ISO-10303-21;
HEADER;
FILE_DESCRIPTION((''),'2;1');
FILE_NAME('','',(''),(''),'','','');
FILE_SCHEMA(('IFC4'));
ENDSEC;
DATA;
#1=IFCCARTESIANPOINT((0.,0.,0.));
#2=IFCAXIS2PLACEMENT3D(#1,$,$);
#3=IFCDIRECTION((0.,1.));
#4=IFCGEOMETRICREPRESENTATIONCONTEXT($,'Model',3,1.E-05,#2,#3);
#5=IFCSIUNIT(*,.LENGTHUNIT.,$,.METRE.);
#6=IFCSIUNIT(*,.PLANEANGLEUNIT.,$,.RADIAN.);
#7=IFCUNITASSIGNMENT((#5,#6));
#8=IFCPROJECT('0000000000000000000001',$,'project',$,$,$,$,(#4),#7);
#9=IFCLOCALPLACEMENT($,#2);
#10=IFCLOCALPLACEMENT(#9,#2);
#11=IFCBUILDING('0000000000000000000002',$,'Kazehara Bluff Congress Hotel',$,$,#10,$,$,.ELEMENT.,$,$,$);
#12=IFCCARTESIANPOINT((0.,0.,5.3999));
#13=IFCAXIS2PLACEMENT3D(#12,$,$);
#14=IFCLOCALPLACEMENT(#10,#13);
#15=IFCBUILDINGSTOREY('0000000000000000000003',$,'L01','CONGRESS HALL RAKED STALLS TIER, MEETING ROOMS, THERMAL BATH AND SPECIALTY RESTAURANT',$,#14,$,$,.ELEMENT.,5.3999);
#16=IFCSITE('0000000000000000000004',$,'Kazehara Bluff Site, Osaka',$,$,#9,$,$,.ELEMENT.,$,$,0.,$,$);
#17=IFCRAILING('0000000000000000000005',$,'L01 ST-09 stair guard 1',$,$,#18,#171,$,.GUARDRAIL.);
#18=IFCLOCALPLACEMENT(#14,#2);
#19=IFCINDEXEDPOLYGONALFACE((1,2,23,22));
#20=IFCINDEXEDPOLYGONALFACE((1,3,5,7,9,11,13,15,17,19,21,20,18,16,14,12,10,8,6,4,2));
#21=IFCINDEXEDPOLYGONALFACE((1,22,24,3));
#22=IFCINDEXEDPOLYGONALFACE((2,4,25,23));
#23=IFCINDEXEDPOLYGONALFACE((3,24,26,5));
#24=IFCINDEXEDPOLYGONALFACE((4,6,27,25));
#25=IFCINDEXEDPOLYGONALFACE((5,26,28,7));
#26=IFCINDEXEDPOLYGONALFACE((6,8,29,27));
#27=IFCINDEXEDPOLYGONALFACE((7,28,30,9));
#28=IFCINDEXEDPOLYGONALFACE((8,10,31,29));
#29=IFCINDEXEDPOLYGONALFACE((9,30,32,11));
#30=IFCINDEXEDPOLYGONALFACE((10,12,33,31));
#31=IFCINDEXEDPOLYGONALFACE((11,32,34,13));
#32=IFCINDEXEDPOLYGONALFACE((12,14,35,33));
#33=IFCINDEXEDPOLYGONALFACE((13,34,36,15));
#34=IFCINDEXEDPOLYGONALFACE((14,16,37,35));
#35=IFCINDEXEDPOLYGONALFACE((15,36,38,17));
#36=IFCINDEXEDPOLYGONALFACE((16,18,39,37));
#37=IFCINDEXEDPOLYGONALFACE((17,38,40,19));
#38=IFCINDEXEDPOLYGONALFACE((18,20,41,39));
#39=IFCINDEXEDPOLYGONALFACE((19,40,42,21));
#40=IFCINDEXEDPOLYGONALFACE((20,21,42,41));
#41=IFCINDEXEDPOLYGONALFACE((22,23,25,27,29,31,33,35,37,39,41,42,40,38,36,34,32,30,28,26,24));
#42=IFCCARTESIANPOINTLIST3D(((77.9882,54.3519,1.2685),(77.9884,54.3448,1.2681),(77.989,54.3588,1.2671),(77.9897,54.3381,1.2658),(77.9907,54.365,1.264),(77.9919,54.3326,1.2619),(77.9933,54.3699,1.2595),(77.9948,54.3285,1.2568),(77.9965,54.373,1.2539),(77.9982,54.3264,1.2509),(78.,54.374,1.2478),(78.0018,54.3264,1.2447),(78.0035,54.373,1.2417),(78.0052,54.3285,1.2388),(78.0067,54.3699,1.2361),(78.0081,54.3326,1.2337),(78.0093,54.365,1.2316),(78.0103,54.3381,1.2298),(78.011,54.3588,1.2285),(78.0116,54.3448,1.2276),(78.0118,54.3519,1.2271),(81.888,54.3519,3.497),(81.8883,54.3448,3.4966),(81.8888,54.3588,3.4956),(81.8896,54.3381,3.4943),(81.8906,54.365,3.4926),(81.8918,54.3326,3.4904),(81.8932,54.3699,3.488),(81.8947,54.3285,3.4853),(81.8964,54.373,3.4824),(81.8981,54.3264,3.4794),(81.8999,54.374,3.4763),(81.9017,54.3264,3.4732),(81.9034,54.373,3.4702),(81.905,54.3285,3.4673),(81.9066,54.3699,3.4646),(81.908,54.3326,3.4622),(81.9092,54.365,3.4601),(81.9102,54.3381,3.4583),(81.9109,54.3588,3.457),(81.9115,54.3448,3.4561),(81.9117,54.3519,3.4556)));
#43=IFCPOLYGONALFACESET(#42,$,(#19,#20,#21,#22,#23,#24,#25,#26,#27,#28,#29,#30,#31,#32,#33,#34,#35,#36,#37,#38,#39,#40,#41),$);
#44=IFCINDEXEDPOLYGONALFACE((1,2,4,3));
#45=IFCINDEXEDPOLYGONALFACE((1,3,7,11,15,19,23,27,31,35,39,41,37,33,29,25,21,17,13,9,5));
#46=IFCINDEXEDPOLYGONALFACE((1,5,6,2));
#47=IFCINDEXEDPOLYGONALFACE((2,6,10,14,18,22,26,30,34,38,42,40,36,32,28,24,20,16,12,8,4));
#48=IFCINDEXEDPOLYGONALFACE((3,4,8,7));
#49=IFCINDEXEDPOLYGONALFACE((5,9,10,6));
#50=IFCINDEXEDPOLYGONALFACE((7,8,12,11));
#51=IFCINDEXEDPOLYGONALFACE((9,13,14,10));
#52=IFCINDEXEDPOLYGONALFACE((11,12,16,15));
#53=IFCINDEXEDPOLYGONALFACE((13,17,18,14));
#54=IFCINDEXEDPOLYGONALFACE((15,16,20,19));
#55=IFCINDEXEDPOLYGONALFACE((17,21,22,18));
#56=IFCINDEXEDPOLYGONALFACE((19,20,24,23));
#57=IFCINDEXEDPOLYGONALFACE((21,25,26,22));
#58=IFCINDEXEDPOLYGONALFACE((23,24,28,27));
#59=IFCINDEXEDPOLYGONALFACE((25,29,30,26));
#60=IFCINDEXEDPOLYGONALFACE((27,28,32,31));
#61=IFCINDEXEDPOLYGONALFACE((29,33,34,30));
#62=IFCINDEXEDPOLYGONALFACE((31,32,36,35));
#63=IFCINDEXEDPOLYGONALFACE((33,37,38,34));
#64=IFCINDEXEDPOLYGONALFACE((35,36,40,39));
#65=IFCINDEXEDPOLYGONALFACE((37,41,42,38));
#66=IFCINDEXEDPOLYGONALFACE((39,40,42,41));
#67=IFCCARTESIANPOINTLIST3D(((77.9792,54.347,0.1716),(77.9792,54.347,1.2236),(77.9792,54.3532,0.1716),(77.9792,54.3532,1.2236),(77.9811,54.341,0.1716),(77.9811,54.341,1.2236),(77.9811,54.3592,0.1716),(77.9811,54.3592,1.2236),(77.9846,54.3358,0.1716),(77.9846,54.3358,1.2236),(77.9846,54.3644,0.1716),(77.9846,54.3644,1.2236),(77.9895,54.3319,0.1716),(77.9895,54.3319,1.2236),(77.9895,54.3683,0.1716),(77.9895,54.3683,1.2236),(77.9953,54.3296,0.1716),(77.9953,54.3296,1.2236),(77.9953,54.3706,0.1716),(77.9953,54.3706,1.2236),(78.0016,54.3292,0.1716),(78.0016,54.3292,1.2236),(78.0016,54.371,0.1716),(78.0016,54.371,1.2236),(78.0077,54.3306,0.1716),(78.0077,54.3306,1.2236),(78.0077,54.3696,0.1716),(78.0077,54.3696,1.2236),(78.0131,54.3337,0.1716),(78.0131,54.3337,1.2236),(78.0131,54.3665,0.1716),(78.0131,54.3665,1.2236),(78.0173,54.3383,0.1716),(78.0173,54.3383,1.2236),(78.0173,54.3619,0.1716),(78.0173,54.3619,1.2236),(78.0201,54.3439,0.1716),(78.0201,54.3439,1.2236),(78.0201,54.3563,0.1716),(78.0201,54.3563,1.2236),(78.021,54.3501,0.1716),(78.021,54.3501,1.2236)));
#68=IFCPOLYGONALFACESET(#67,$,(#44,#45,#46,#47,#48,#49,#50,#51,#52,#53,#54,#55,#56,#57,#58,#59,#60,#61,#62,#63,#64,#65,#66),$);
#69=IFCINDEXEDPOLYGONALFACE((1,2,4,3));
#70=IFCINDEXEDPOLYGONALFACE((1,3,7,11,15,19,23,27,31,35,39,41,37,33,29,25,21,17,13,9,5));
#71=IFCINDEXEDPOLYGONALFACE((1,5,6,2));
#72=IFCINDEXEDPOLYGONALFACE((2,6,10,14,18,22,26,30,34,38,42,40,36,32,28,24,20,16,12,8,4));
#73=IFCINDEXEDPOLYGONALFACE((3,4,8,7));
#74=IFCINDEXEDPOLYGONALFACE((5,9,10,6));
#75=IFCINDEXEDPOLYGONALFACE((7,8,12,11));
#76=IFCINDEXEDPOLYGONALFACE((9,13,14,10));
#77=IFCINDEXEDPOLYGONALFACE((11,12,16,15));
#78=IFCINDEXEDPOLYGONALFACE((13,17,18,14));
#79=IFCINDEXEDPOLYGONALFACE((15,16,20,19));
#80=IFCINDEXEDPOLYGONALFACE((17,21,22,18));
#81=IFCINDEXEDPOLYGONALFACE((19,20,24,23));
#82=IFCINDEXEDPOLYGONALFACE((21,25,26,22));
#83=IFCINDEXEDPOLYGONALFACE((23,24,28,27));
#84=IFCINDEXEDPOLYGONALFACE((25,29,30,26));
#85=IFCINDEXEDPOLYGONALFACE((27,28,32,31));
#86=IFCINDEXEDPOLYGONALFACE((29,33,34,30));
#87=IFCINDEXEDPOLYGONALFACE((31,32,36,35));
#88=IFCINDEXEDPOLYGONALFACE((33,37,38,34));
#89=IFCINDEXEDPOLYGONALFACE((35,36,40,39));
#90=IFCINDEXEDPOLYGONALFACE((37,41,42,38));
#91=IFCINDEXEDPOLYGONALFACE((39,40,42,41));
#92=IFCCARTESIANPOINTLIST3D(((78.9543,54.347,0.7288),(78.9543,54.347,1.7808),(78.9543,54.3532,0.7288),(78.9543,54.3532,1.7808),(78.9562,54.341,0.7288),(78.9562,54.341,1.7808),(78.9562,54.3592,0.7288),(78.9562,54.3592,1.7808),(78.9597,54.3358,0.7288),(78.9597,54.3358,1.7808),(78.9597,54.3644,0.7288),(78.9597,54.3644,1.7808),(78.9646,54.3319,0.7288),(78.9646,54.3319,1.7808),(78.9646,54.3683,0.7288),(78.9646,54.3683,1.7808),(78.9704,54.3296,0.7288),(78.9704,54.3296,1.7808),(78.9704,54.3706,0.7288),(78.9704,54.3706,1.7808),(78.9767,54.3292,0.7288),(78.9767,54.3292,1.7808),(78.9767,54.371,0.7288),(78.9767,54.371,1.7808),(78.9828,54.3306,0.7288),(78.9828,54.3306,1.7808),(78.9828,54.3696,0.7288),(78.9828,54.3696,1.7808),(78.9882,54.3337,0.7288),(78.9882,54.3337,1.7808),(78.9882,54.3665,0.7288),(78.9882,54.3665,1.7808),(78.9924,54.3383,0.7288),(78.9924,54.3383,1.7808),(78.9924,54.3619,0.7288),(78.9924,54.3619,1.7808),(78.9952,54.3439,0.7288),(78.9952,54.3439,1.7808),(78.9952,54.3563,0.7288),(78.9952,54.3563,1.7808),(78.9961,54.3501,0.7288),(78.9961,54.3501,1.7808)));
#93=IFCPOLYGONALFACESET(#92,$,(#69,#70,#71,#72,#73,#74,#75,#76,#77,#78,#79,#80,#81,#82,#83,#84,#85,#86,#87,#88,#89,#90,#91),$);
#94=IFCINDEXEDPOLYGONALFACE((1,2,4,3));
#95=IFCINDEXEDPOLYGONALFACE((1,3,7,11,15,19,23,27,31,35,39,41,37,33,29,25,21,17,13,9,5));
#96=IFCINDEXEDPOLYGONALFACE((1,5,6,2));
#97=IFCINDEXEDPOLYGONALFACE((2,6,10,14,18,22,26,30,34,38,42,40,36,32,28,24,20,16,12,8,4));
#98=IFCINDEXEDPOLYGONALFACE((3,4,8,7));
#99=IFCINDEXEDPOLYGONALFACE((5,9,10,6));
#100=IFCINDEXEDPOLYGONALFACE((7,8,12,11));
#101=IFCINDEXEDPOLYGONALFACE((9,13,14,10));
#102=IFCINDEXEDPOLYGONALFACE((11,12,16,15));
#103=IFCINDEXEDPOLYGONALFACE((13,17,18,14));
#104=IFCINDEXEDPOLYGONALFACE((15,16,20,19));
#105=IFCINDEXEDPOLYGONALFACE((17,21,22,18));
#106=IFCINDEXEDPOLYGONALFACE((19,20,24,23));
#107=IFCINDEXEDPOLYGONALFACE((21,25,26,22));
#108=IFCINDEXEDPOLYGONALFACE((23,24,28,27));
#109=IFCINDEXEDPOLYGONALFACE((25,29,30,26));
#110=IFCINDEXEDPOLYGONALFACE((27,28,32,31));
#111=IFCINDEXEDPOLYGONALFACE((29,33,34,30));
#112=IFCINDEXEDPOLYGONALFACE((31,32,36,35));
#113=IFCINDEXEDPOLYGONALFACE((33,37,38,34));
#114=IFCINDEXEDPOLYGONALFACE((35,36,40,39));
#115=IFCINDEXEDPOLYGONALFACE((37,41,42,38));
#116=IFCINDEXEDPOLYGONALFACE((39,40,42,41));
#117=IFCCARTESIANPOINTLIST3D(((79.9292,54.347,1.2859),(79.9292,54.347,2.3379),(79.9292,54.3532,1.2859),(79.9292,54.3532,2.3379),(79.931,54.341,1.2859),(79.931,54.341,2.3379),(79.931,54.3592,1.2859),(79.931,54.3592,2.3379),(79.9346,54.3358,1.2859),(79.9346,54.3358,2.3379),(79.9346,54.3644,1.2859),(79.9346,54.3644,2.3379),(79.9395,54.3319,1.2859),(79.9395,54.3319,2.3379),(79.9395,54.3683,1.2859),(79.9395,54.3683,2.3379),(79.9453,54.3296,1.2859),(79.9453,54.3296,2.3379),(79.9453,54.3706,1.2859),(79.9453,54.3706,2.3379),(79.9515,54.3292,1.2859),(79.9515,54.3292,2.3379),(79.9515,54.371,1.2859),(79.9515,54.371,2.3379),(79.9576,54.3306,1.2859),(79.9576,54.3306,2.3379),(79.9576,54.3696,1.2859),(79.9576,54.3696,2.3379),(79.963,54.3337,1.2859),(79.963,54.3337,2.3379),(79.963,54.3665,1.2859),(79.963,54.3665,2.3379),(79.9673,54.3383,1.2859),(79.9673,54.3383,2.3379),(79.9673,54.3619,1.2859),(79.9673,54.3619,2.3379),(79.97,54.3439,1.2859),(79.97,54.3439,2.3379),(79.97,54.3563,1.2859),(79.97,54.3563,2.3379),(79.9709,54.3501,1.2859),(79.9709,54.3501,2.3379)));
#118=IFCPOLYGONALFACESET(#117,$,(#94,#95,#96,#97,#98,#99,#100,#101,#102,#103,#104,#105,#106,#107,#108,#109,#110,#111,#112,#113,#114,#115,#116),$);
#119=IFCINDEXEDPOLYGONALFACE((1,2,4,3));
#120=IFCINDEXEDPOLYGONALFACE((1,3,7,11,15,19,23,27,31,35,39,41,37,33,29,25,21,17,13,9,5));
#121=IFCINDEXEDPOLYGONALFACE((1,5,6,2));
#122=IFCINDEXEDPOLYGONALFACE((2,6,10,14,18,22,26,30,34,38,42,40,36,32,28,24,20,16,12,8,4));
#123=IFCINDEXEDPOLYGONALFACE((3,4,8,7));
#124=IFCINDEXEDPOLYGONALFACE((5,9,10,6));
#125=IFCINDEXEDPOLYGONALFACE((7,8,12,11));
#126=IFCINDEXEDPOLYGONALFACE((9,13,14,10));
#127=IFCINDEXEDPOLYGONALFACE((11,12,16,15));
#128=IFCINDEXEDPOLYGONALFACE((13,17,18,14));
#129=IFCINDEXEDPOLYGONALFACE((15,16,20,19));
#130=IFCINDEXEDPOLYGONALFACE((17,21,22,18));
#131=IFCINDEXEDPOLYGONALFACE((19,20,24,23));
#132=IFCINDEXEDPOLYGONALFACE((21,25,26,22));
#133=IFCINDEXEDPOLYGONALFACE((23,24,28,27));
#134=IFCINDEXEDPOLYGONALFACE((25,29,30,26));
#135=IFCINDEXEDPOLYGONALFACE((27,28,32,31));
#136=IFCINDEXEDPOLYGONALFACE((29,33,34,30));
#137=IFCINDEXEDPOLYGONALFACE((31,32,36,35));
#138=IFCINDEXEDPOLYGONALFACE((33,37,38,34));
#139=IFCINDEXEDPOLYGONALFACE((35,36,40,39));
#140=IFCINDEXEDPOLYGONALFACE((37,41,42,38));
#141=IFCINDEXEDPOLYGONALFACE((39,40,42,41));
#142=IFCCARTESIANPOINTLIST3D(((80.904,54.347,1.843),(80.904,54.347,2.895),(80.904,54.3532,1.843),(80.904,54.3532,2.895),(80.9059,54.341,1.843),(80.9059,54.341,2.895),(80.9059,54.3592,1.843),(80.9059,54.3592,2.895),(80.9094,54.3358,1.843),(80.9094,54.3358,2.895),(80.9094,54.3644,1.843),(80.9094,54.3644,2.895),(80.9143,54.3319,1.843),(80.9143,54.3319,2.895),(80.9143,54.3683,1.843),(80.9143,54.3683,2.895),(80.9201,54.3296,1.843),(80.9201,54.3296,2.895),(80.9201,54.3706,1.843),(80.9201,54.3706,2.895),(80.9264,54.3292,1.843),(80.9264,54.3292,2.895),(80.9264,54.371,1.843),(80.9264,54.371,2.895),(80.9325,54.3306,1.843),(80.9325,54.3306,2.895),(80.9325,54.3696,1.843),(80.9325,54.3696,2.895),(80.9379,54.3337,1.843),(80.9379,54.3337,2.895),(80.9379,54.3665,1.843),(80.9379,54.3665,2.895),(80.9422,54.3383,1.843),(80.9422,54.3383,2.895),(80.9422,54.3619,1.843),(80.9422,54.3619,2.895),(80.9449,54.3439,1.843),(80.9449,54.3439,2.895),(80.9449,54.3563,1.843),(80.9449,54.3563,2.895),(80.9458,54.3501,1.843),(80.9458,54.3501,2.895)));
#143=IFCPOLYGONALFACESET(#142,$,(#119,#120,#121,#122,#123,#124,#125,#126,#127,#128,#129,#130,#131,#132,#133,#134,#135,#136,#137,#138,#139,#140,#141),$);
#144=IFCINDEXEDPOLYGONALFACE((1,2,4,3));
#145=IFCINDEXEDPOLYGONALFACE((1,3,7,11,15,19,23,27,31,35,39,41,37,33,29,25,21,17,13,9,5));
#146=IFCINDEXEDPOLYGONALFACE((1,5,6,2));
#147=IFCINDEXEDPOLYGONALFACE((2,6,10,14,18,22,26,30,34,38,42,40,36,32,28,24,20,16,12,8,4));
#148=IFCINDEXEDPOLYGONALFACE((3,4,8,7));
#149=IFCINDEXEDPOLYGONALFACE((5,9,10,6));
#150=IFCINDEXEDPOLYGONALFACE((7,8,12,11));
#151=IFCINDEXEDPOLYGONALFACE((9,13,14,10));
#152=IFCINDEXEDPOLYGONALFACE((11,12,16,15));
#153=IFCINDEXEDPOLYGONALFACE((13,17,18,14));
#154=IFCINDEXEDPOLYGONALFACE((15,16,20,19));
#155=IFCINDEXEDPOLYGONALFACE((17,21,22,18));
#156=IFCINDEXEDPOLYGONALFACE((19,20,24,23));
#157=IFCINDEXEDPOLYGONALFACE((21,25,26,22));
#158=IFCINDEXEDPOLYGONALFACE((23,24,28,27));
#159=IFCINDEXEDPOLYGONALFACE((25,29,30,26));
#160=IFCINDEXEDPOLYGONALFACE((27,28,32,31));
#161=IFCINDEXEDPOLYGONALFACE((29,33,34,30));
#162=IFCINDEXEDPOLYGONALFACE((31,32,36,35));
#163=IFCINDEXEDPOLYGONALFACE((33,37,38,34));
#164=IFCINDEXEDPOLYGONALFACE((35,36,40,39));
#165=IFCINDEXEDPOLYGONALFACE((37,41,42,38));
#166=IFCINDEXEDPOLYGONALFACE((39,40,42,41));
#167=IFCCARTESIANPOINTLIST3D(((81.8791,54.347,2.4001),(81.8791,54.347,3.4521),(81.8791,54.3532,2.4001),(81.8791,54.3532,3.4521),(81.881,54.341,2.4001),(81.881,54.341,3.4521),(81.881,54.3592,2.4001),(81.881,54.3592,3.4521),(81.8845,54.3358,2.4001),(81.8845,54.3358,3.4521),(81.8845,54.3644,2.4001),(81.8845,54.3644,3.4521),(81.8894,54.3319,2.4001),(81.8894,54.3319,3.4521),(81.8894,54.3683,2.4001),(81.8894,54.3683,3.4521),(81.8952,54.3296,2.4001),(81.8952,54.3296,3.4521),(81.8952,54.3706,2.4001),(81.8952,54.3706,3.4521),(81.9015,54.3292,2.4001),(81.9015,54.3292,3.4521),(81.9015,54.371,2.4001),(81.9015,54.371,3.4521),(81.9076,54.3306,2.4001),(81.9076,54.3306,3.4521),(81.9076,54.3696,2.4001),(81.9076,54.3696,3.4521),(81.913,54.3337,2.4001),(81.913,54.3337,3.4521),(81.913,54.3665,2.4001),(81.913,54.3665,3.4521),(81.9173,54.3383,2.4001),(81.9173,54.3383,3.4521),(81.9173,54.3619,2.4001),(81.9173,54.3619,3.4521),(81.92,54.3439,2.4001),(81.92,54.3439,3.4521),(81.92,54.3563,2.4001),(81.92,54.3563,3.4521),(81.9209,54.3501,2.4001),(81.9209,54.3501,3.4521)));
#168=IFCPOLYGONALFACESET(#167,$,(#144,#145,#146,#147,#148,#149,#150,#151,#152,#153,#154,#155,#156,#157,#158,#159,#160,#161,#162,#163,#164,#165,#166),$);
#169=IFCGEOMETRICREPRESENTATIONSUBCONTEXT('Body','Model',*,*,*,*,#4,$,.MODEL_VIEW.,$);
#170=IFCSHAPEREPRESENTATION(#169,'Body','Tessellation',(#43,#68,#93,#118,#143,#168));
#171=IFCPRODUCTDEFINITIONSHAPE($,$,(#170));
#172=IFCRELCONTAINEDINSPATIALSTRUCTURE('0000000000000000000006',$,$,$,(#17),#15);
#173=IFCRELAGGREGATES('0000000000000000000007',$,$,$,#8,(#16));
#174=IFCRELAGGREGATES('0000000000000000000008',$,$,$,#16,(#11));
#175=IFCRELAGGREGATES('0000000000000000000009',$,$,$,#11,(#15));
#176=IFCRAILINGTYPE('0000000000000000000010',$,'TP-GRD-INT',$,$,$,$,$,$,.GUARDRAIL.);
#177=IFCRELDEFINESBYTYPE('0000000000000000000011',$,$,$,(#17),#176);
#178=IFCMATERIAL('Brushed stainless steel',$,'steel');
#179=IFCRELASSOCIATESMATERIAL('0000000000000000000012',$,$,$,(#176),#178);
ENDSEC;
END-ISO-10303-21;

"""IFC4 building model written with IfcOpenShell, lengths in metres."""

from ifc_helpers import new_model, si_unit, direction, frame, origin, origin_2d, place, context, subcontext, project, spatial, circle, extrude, material, type_object, element, save


model = new_model("IFC4")

# Units and contexts
model_context = context("Model", 3, precision=1e-05, world=origin(), true_north=direction((0.0, 1.0)))
body_context = subcontext(model_context, "Body", "Model", "MODEL_VIEW")
ifc_project = project(units=[si_unit("LENGTHUNIT", "METRE"), si_unit("PLANEANGLEUNIT", "RADIAN")], contexts=[model_context])

# Site, building, storey
site_placement = place(None, origin())
site = spatial("IfcSite", under=ifc_project, at=site_placement, Name="Kazehara Bluff Site, Osaka", CompositionType="ELEMENT", RefElevation=0.0)
building_placement = place(site_placement, origin())
building = spatial("IfcBuilding", under=site, at=building_placement, Name="Kazehara Bluff Congress Hotel", CompositionType="ELEMENT")
storey_placement = place(building_placement, frame((0.0, 0.0, 5.3999)))
storey = spatial("IfcBuildingStorey", under=building, at=storey_placement, Name="L01", Description="CONGRESS HALL RAKED STALLS TIER, MEETING ROOMS, THERMAL BATH AND SPECIALTY RESTAURANT", CompositionType="ELEMENT", Elevation=5.3999)

# Railing
ifc_material_1 = material(Name="Brushed stainless steel", Category="steel")
railing_type_1 = type_object("IfcRailingType", Name="TP-GRD-INT", PredefinedType="GUARDRAIL", material=ifc_material_1)
railing_1_placement = place(storey_placement, frame((78.0, 54.3501, 0.1716)))
element("IfcRailing", 1, at=railing_1_placement, inside=storey, type_object=railing_type_1, Name="L01 ST-09 stair guard 1", PredefinedType="GUARDRAIL", context=body_context, shape_type="SweptSolid", body=[
    extrude(circle(Radius=0.0239, at=origin_2d()), frame((0.0, 0.0, 1.0762), z_axis=(0.868243, 0.0, 0.496139), x_axis=(0.0, 1.0, 0.0)), (0.0, 0.0, 1.0), 4.4917),
    extrude(circle(Radius=0.021, at=origin_2d()), origin(), (0.0, 0.0, 1.0), 1.052),
    extrude(circle(Radius=0.021, at=origin_2d()), frame((0.9751, 0.0, 0.5571)), (0.0, 0.0, 1.0), 1.052),
    extrude(circle(Radius=0.021, at=origin_2d()), frame((1.95, 0.0, 1.1143)), (0.0, 0.0, 1.0), 1.052),
    extrude(circle(Radius=0.021, at=origin_2d()), frame((2.9248, 0.0, 1.6714)), (0.0, 0.0, 1.0), 1.052),
    extrude(circle(Radius=0.021, at=origin_2d()), frame((3.8999, 0.0, 2.2285)), (0.0, 0.0, 1.0), 1.052),
])

save(model, "model.ifc")
